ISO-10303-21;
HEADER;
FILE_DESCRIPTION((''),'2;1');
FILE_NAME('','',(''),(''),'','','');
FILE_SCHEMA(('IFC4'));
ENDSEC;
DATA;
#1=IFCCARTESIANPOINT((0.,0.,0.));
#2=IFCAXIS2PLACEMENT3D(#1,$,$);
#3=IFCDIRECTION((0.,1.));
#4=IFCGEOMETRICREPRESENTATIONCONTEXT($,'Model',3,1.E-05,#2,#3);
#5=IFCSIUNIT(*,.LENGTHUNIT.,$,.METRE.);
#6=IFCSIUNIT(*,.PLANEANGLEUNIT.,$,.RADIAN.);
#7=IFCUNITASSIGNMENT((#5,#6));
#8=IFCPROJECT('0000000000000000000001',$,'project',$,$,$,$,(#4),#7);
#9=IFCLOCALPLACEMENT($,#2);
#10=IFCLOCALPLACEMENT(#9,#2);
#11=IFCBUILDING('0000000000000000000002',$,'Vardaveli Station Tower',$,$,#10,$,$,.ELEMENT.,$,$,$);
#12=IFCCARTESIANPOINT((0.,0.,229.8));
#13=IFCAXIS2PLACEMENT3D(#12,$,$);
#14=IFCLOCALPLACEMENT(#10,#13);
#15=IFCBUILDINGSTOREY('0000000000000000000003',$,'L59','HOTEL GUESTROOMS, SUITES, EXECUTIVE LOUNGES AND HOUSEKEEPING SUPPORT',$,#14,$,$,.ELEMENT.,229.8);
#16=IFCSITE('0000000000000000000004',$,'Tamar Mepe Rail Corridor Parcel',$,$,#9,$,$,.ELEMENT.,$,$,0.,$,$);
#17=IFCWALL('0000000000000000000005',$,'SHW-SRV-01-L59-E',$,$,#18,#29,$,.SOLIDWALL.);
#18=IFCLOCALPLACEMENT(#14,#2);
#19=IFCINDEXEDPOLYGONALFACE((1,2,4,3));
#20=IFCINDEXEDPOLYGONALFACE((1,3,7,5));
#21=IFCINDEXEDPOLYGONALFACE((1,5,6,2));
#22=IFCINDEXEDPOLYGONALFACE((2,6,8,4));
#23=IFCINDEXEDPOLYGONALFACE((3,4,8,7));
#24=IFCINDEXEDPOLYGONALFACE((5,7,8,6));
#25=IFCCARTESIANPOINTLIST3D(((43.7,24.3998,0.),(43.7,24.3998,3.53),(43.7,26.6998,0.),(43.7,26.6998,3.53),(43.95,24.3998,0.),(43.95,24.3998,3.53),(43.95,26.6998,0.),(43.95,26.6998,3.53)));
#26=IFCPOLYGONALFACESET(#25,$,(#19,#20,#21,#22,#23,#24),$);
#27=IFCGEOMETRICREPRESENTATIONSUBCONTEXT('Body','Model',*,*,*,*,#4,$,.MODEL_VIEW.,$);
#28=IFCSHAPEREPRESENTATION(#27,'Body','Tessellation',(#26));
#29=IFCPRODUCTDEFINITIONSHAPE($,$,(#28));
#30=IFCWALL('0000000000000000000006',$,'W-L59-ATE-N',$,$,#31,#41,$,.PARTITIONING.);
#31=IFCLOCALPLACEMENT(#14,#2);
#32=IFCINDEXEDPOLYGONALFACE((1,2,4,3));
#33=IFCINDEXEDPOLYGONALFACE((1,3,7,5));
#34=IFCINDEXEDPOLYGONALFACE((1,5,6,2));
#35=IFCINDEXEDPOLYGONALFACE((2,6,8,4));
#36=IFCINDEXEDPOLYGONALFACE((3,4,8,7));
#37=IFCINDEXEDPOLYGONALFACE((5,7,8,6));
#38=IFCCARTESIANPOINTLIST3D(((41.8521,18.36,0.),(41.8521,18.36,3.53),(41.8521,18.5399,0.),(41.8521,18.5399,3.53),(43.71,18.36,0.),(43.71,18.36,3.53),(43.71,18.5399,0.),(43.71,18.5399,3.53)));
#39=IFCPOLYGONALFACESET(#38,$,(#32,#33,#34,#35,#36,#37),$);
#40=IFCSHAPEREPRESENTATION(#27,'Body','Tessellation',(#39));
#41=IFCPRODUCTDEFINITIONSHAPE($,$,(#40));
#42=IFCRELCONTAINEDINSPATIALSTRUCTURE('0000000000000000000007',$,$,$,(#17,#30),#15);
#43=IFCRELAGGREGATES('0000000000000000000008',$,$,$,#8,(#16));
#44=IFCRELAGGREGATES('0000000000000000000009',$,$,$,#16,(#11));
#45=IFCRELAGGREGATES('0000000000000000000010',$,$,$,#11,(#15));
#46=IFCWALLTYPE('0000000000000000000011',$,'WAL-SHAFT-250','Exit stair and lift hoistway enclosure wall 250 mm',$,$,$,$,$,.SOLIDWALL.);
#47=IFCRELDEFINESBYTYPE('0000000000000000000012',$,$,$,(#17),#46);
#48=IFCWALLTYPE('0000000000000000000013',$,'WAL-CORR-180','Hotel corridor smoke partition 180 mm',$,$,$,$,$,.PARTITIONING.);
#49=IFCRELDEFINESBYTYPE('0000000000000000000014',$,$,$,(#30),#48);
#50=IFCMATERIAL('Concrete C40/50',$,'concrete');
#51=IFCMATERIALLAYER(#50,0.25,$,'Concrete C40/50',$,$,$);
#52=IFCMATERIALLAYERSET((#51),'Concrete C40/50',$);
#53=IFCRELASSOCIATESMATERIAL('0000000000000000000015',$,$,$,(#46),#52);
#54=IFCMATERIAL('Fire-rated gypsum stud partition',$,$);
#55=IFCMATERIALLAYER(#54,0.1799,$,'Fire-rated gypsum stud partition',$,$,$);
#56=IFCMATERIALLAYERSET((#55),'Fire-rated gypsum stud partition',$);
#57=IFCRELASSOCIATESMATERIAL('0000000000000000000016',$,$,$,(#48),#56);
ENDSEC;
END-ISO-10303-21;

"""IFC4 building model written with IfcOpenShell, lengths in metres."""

from ifc_helpers import new_model, si_unit, direction, frame, frame_2d, origin, place, context, subcontext, project, spatial, rectangle, extrude, source, transform, mapped, material, layer, layer_set, type_object, element, save


model = new_model("IFC4")

# Units and contexts
model_context = context("Model", 3, precision=1e-05, world=origin(), true_north=direction((0.0, 1.0)))
body_context = subcontext(model_context, "Body", "Model", "MODEL_VIEW")
ifc_project = project(units=[si_unit("LENGTHUNIT", "METRE"), si_unit("PLANEANGLEUNIT", "RADIAN")], contexts=[model_context])

# Site, building, storey
site_placement = place(None, origin())
site = spatial("IfcSite", under=ifc_project, at=site_placement, Name="Tamar Mepe Rail Corridor Parcel", CompositionType="ELEMENT", RefElevation=0.0)
building_placement = place(site_placement, origin())
building = spatial("IfcBuilding", under=site, at=building_placement, Name="Vardaveli Station Tower", CompositionType="ELEMENT")
storey_placement = place(building_placement, frame((0.0, 0.0, 229.8)))
storey = spatial("IfcBuildingStorey", under=building, at=storey_placement, Name="L59", Description="HOTEL GUESTROOMS, SUITES, EXECUTIVE LOUNGES AND HOUSEKEEPING SUPPORT", CompositionType="ELEMENT", Elevation=229.8)

# Shared definitions
ifc_material_1 = material(Name="Concrete C40/50", Category="concrete")

# Walls
ifc_layer_1 = layer(ifc_material_1, 0.25, Name="Concrete C40/50")
ifc_layer_set_1 = layer_set([ifc_layer_1], Name="Concrete C40/50")
wall_type_1 = type_object("IfcWallType", Name="WAL-SHAFT-250", Description="Exit stair and lift hoistway enclosure wall 250 mm", PredefinedType="SOLIDWALL", material=ifc_layer_set_1)
shared_shape_1 = source(origin(), body_context, "Body", "SweptSolid", [
    extrude(rectangle(XDim=2.3, YDim=0.25, at=frame_2d((1.1499, 0.0))), origin(), (0.0, 0.0, 1.0), 3.53),
])
for number, where, z_axis, x_axis, name in (
    (1, (43.825, 24.3999, 0.0), (0.0, 0.0, 1.0), (0.0, 1.0, 0.0), "SHW-SRV-01-L59-E"),
):
    element("IfcWall", number, at=place(storey_placement, frame(where, z_axis=z_axis, x_axis=x_axis)), inside=storey, type_object=wall_type_1, Name=name, PredefinedType="SOLIDWALL", context=body_context, shape_type="MappedRepresentation", body=[
        mapped(shared_shape_1, transform((0.0, 0.0, 0.0), scale=1.0)),
    ])
ifc_material_2 = material(Name="Fire-rated gypsum stud partition")
ifc_layer_2 = layer(ifc_material_2, 0.1799, Name="Fire-rated gypsum stud partition")
ifc_layer_set_2 = layer_set([ifc_layer_2], Name="Fire-rated gypsum stud partition")
wall_type_2 = type_object("IfcWallType", Name="WAL-CORR-180", Description="Hotel corridor smoke partition 180 mm", PredefinedType="PARTITIONING", material=ifc_layer_set_2)
shared_shape_2 = source(origin(), body_context, "Body", "SweptSolid", [
    extrude(rectangle(XDim=1.8579, YDim=0.1799, at=frame_2d((0.929, 0.0))), origin(), (0.0, 0.0, 1.0), 3.53),
])
wall_1_placement = place(storey_placement, frame((41.8521, 18.45, 0.0), z_axis=(0.0, 0.0, 1.0), x_axis=(1.0, 0.0, 0.0)))
element("IfcWall", 2, at=wall_1_placement, inside=storey, type_object=wall_type_2, Name="W-L59-ATE-N", PredefinedType="PARTITIONING", context=body_context, shape_type="MappedRepresentation", body=[
    mapped(shared_shape_2, transform((0.0, 0.0, 0.0), scale=1.0)),
])

save(model, "model.ifc")
